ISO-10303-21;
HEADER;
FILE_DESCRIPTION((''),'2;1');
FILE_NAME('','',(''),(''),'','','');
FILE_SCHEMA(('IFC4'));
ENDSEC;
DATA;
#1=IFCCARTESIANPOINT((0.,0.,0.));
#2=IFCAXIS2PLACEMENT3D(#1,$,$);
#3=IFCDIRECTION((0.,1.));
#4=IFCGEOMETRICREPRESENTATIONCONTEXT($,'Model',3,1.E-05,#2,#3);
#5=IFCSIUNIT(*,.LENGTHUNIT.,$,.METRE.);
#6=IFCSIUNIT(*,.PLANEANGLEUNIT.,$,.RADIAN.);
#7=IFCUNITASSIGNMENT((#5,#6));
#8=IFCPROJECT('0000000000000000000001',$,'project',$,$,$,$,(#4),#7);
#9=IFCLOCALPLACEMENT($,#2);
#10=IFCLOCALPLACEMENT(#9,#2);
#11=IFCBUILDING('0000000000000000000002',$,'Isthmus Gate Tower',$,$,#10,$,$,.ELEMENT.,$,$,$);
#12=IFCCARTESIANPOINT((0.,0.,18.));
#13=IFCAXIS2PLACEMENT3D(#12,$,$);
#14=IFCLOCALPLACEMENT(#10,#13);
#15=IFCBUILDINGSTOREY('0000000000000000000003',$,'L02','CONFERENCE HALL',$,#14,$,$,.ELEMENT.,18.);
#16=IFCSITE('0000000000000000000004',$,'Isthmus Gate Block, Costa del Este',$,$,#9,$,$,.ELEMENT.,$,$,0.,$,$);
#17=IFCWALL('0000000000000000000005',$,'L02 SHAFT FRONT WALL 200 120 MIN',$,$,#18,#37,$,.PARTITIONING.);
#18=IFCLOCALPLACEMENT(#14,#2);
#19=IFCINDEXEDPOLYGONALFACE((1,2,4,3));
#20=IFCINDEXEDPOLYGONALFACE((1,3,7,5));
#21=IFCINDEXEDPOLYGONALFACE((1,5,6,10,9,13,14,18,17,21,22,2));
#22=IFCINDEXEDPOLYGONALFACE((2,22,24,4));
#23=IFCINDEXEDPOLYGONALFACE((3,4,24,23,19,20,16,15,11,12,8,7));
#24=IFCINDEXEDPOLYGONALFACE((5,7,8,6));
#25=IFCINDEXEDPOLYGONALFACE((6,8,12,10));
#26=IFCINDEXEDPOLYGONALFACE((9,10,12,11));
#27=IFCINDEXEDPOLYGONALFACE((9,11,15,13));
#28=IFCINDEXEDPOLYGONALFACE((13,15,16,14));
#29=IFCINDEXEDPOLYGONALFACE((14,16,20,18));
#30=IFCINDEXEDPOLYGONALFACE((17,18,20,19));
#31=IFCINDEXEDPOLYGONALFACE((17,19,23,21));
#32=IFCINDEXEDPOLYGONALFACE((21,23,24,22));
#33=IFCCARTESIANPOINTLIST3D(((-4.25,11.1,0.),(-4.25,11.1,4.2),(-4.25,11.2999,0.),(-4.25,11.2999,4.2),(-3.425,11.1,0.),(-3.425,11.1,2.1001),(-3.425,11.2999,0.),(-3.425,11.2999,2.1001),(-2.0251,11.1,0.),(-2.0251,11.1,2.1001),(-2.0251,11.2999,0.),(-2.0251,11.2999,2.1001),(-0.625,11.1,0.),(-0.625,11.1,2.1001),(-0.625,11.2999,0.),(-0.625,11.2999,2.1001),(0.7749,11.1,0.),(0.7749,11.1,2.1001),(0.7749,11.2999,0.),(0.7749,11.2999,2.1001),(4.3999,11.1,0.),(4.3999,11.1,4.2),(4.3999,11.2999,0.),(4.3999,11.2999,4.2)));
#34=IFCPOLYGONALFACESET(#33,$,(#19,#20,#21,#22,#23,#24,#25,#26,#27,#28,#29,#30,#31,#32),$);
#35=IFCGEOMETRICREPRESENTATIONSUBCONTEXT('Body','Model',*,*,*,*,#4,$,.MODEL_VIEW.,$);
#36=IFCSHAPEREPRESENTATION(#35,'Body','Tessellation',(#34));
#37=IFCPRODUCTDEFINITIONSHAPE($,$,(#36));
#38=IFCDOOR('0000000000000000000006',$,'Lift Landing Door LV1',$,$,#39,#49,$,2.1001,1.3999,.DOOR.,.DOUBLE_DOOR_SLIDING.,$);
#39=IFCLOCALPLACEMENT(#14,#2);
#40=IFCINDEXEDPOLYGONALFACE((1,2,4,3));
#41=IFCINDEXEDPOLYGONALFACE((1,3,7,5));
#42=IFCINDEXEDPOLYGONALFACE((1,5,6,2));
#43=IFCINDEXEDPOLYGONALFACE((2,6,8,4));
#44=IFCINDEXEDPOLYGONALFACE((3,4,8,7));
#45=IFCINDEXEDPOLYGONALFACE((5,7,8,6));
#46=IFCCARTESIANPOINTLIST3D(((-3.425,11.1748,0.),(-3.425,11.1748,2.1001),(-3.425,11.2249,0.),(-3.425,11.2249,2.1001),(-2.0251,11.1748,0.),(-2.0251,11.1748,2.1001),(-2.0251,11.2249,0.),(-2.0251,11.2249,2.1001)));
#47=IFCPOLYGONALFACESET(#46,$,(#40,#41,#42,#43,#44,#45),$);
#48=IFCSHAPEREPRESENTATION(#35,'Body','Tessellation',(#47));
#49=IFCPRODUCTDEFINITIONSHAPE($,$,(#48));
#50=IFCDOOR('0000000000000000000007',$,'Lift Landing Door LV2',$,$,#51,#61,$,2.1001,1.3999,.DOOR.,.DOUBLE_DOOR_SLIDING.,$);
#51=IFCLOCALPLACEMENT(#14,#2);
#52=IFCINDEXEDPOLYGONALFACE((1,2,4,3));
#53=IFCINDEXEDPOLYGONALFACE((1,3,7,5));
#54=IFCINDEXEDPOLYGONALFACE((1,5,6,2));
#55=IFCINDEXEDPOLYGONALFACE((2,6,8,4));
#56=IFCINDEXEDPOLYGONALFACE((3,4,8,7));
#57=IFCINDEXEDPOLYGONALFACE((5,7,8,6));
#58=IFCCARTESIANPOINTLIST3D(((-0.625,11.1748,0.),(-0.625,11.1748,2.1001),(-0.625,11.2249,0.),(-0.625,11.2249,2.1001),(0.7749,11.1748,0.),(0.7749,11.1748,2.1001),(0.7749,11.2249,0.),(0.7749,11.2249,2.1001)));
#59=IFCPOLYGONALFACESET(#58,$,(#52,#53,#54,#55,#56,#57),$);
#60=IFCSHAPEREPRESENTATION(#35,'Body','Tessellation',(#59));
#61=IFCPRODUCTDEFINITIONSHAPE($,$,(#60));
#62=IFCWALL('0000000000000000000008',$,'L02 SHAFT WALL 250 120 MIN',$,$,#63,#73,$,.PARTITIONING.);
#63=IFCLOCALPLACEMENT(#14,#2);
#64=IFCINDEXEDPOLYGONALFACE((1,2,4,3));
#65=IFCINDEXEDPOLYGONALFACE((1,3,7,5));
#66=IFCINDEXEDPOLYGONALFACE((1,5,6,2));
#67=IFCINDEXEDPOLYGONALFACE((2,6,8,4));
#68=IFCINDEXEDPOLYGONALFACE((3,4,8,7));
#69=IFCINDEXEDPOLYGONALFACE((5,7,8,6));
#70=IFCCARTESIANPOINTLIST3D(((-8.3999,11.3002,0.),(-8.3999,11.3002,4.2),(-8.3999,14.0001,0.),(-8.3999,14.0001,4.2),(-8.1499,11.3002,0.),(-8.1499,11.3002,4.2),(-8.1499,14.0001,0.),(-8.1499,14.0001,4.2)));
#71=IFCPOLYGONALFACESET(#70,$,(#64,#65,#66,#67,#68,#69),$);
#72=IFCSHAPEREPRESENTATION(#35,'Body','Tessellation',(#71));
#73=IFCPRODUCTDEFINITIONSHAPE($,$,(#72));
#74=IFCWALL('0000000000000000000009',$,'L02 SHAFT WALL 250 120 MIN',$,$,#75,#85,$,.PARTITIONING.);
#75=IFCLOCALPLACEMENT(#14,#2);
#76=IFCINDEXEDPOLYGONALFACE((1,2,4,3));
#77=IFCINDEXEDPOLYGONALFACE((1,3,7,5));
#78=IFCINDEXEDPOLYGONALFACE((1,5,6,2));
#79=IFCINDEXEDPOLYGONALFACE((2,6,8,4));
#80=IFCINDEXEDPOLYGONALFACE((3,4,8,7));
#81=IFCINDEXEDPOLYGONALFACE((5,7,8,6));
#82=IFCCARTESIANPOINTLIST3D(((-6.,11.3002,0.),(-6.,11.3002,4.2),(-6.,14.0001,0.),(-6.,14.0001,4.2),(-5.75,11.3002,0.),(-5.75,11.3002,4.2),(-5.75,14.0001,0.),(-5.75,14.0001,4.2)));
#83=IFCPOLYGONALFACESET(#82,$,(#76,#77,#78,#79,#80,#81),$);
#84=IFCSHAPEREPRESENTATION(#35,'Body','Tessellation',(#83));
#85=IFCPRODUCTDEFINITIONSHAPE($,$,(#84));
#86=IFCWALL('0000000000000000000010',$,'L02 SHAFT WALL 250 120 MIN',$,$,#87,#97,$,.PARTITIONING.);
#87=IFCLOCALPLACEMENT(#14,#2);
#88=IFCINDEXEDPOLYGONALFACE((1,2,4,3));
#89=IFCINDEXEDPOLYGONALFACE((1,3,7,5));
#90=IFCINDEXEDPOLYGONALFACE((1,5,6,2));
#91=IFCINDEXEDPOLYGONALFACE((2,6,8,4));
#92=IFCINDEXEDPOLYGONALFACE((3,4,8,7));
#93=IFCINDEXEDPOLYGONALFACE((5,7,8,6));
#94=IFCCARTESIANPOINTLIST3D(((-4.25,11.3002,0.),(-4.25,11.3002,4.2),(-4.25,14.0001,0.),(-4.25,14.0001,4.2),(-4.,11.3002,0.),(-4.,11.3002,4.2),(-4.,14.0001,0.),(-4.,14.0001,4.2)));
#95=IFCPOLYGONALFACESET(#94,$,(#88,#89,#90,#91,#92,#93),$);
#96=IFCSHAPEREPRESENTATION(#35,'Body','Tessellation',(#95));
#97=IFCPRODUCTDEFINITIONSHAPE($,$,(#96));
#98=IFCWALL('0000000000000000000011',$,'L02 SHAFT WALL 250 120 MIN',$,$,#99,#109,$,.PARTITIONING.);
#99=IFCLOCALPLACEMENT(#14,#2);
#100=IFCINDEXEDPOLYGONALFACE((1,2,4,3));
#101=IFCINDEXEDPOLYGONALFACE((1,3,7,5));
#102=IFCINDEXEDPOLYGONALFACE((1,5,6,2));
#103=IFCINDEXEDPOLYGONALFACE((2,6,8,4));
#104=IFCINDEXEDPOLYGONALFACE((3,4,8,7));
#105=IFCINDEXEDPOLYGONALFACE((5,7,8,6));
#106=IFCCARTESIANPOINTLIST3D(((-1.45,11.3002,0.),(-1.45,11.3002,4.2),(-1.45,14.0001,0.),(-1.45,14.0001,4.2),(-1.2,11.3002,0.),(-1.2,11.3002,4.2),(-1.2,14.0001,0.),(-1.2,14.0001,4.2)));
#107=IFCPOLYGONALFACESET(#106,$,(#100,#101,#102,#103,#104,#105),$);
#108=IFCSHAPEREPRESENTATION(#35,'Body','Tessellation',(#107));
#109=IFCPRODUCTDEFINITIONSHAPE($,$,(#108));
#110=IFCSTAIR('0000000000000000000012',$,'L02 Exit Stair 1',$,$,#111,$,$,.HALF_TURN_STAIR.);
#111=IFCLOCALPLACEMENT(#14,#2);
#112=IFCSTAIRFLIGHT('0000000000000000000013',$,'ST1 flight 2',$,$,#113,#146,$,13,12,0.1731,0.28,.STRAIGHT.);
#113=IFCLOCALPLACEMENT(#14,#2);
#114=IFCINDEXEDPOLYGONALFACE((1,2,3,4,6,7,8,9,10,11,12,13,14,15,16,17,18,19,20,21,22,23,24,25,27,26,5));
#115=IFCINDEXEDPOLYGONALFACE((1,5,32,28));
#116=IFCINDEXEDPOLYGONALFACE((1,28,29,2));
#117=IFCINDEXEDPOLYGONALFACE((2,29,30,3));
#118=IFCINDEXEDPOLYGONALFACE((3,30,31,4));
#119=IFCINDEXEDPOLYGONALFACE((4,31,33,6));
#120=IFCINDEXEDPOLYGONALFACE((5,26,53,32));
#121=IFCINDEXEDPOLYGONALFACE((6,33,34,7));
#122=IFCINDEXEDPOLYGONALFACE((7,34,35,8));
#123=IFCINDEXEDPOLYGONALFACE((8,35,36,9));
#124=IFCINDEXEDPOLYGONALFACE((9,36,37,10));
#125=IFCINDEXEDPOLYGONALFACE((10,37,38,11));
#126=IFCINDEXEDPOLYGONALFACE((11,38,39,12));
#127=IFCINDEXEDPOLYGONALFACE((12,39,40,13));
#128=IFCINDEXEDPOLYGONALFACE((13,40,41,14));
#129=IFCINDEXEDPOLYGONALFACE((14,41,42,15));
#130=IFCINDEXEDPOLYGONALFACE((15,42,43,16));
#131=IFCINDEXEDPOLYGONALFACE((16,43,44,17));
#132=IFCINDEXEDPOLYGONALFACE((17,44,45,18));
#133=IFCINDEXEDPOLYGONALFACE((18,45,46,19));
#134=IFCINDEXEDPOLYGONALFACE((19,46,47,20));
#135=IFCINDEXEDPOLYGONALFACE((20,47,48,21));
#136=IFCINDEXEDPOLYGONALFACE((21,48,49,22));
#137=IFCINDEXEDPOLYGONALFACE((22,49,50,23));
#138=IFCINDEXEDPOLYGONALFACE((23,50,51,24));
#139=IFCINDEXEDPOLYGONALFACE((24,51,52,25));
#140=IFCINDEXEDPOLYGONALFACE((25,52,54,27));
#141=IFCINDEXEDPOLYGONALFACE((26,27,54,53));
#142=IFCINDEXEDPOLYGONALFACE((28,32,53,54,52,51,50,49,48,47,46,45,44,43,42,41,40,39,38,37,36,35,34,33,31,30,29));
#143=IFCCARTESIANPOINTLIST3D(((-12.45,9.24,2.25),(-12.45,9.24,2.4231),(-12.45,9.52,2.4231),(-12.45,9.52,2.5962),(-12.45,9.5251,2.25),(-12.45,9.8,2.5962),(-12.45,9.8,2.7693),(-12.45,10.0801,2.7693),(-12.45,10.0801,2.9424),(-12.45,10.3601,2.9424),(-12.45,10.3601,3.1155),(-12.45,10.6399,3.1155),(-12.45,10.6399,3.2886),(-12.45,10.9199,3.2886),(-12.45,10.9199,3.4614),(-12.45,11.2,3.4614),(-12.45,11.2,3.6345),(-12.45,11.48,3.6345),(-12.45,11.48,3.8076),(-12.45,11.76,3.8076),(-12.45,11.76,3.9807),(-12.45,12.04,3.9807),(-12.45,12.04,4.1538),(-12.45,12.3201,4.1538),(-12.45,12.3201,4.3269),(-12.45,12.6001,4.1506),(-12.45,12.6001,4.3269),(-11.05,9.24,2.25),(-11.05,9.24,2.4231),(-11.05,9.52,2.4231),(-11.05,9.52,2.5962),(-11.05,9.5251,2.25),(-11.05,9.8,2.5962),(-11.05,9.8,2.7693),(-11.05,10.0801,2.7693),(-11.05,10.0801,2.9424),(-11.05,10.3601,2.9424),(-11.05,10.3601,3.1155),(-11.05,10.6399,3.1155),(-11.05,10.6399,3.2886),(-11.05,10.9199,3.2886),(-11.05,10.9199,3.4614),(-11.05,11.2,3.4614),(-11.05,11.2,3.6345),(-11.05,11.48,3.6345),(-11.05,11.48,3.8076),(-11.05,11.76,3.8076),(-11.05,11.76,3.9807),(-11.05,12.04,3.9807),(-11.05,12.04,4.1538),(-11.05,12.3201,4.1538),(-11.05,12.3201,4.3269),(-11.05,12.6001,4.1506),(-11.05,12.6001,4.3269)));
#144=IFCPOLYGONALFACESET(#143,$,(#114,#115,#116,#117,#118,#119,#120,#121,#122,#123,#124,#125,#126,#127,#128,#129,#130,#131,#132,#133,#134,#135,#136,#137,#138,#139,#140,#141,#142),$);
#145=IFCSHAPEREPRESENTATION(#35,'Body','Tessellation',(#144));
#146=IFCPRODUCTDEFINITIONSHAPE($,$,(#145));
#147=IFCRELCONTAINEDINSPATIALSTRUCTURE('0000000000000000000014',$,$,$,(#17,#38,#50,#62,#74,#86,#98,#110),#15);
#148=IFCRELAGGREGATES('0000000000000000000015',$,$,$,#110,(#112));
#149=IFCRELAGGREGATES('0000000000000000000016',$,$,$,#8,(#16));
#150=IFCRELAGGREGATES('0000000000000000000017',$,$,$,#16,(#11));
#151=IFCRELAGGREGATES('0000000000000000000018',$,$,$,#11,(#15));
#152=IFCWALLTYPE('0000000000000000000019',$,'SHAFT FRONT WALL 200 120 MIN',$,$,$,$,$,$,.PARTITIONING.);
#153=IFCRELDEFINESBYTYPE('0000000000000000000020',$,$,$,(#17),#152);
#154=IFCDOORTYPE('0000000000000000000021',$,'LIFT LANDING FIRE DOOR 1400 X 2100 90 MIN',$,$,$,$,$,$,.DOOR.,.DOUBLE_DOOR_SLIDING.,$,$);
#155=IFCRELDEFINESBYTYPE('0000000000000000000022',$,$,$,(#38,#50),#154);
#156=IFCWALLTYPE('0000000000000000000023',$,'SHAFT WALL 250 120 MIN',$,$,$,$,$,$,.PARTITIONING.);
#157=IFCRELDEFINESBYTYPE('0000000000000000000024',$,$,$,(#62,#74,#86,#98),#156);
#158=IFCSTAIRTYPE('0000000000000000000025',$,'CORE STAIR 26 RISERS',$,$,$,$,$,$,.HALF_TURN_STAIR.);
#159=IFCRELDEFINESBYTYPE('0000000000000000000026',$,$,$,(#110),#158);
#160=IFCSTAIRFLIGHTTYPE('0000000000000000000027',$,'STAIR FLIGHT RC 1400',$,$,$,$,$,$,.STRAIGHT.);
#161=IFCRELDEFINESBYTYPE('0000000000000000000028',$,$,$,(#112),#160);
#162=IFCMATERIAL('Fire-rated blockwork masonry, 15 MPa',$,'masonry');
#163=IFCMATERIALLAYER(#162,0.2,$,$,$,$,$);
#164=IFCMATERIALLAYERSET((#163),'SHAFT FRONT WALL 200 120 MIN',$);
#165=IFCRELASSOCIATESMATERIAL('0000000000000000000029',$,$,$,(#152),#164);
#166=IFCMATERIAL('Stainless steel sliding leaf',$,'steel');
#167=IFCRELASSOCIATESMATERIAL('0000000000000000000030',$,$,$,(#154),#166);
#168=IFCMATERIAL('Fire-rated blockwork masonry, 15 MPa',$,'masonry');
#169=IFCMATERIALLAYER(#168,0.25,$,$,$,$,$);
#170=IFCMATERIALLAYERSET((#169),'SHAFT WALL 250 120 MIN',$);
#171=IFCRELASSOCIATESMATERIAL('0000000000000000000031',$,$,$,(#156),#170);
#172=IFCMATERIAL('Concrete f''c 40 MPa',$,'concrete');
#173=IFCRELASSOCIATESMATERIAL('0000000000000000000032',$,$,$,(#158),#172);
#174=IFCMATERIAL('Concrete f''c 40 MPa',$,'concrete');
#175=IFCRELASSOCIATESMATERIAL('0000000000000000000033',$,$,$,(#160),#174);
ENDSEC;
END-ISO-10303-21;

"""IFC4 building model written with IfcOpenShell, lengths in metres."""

from ifc_helpers import new_model, si_unit, direction, frame, frame_2d, origin, place, context, subcontext, project, spatial, polyline, rectangle, outline, extrude, material, layer, layer_set, type_object, element, fill, aggregate, save


model = new_model("IFC4")

# Units and contexts
model_context = context("Model", 3, precision=1e-05, world=origin(), true_north=direction((0.0, 1.0)))
body_context = subcontext(model_context, "Body", "Model", "MODEL_VIEW")
ifc_project = project(units=[si_unit("LENGTHUNIT", "METRE"), si_unit("PLANEANGLEUNIT", "RADIAN")], contexts=[model_context])

# Site, building, storey
site_placement = place(None, origin())
site = spatial("IfcSite", under=ifc_project, at=site_placement, Name="Isthmus Gate Block, Costa del Este", CompositionType="ELEMENT", RefElevation=0.0)
building_placement = place(site_placement, origin())
building = spatial("IfcBuilding", under=site, at=building_placement, Name="Isthmus Gate Tower", CompositionType="ELEMENT")
storey_placement = place(building_placement, frame((0.0, 0.0, 18.0)))
storey = spatial("IfcBuildingStorey", under=building, at=storey_placement, Name="L02", Description="CONFERENCE HALL", CompositionType="ELEMENT", Elevation=18.0)

# Wall, openings, doors
ifc_material_1 = material(Name="Fire-rated blockwork masonry, 15 MPa", Category="masonry")
ifc_layer_1 = layer(ifc_material_1, 0.2)
ifc_layer_set_1 = layer_set([ifc_layer_1], Name="SHAFT FRONT WALL 200 120 MIN")
wall_type_1 = type_object("IfcWallType", Name="SHAFT FRONT WALL 200 120 MIN", PredefinedType="PARTITIONING", material=ifc_layer_set_1)
wall_1_placement = place(storey_placement, frame((-4.25, 11.2, 0.0), z_axis=(0.0, 0.0, 1.0), x_axis=(1.0, 0.0, 0.0)))
wall_1 = element("IfcWall", 1, at=wall_1_placement, inside=storey, type_object=wall_type_1, Name="L02 SHAFT FRONT WALL 200 120 MIN", PredefinedType="PARTITIONING", context=body_context, shape_type="SweptSolid", body=[
    extrude(rectangle(XDim=8.6499, YDim=0.2, at=frame_2d((4.325, 0.0))), origin(), (0.0, 0.0, 1.0), 4.2),
])
opening_1_placement = place(wall_1_placement, frame((0.825, 0.0, 0.0)))
opening_1 = element("IfcOpeningElement", 2, at=opening_1_placement, cuts=wall_1, PredefinedType="OPENING", context=body_context, shape_type="SweptSolid", body=[
    extrude(rectangle(XDim=1.3999, YDim=2.1001, at=frame_2d((0.7, 1.05))), frame((0.0, 0.1099, 0.0), z_axis=(0.0, -1.0, 0.0), x_axis=(1.0, 0.0, 0.0)), (0.0, 0.0, 1.0), 0.22),
])
opening_2_placement = place(wall_1_placement, frame((3.625, 0.0, 0.0)))
opening_2 = element("IfcOpeningElement", 3, at=opening_2_placement, cuts=wall_1, PredefinedType="OPENING", context=body_context, shape_type="SweptSolid", body=[
    extrude(rectangle(XDim=1.3999, YDim=2.1001, at=frame_2d((0.7, 1.05))), frame((0.0, 0.1099, 0.0), z_axis=(0.0, -1.0, 0.0), x_axis=(1.0, 0.0, 0.0)), (0.0, 0.0, 1.0), 0.22),
])
ifc_material_2 = material(Name="Stainless steel sliding leaf", Category="steel")
door_type_1 = type_object("IfcDoorType", Name="LIFT LANDING FIRE DOOR 1400 X 2100 90 MIN", OperationType="DOUBLE_DOOR_SLIDING", PredefinedType="DOOR", material=ifc_material_2)
door_1_placement = place(opening_1_placement, origin())
door_1 = element("IfcDoor", 4, at=door_1_placement, inside=storey, type_object=door_type_1, Name="Lift Landing Door LV1", OperationType="DOUBLE_DOOR_SLIDING", OverallHeight=2.1001, OverallWidth=1.3999, PredefinedType="DOOR", context=body_context, shape_type="SweptSolid", body=[
    extrude(rectangle(XDim=1.3999, YDim=2.1001, at=frame_2d((0.7, 1.05))), frame((0.0, 0.0249, 0.0), z_axis=(0.0, -1.0, 0.0), x_axis=(1.0, 0.0, 0.0)), (0.0, 0.0, 1.0), 0.05),
])
fill(opening_1, door_1)
door_2_placement = place(opening_2_placement, origin())
door_2 = element("IfcDoor", 5, at=door_2_placement, inside=storey, type_object=door_type_1, Name="Lift Landing Door LV2", OperationType="DOUBLE_DOOR_SLIDING", OverallHeight=2.1001, OverallWidth=1.3999, PredefinedType="DOOR", context=body_context, shape_type="SweptSolid", body=[
    extrude(rectangle(XDim=1.3999, YDim=2.1001, at=frame_2d((0.7, 1.05))), frame((0.0, 0.0249, 0.0), z_axis=(0.0, -1.0, 0.0), x_axis=(1.0, 0.0, 0.0)), (0.0, 0.0, 1.0), 0.05),
])
fill(opening_2, door_2)

# Walls
ifc_material_3 = material(Name="Fire-rated blockwork masonry, 15 MPa", Category="masonry")
ifc_layer_2 = layer(ifc_material_3, 0.25)
ifc_layer_set_2 = layer_set([ifc_layer_2], Name="SHAFT WALL 250 120 MIN")
wall_type_2 = type_object("IfcWallType", Name="SHAFT WALL 250 120 MIN", PredefinedType="PARTITIONING", material=ifc_layer_set_2)
for number, where, z_axis, x_axis, name in (
    (6, (-8.2749, 11.3, 0.0), (0.0, 0.0, 1.0), (0.0, 1.0, 0.0), "L02 SHAFT WALL 250 120 MIN"),
    (7, (-5.875, 11.3, 0.0), (0.0, 0.0, 1.0), (0.0, 1.0, 0.0), "L02 SHAFT WALL 250 120 MIN"),
    (8, (-4.125, 11.3, 0.0), (0.0, 0.0, 1.0), (0.0, 1.0, 0.0), "L02 SHAFT WALL 250 120 MIN"),
    (9, (-1.325, 11.3, 0.0), (0.0, 0.0, 1.0), (0.0, 1.0, 0.0), "L02 SHAFT WALL 250 120 MIN"),
):
    element("IfcWall", number, at=place(storey_placement, frame(where, z_axis=z_axis, x_axis=x_axis)), inside=storey, type_object=wall_type_2, Name=name, PredefinedType="PARTITIONING", context=body_context, shape_type="SweptSolid", body=[
        extrude(rectangle(XDim=2.7, YDim=0.25, at=frame_2d((1.3501, 0.0))), origin(), (0.0, 0.0, 1.0), 4.2),
    ])

# Stair, stair flight
ifc_material_4 = material(Name="Concrete f'c 40 MPa", Category="concrete")
stair_type = type_object("IfcStairType", Name="CORE STAIR 26 RISERS", PredefinedType="HALF_TURN_STAIR", material=ifc_material_4)
stair_placement = place(storey_placement, origin())
stair = element("IfcStair", 10, at=stair_placement, inside=storey, type_object=stair_type, Name="L02 Exit Stair 1", PredefinedType="HALF_TURN_STAIR")
ifc_material_5 = material(Name="Concrete f'c 40 MPa", Category="concrete")
stair_flight_type = type_object("IfcStairFlightType", Name="STAIR FLIGHT RC 1400", PredefinedType="STRAIGHT", material=ifc_material_5)
stair_flight_placement = place(storey_placement, frame((-11.75, 9.24, 2.25), z_axis=(0.0, 0.0, 1.0), x_axis=(0.0, 1.0, 0.0)))
stair_flight = element("IfcStairFlight", 11, at=stair_flight_placement, type_object=stair_flight_type, Name="ST1 flight 2", NumberOfRisers=13, NumberOfTreads=12, PredefinedType="STRAIGHT", RiserHeight=0.1731, TreadLength=0.28, context=body_context, shape_type="SweptSolid", body=[
    extrude(outline(polyline([(0.0, 0.0), (0.0, 0.1731), (0.28, 0.1731), (0.28, 0.3462), (0.5601, 0.3462), (0.5601, 0.5193), (0.8401, 0.5193), (0.8401, 0.6924), (1.1201, 0.6924), (1.1201, 0.8655), (1.3999, 0.8655), (1.3999, 1.0386), (1.6799, 1.0386), (1.6799, 1.2114), (1.96, 1.2114), (1.96, 1.3845), (2.24, 1.3845), (2.24, 1.5576), (2.52, 1.5576), (2.52, 1.7307), (2.8, 1.7307), (2.8, 1.9038), (3.0801, 1.9038), (3.0801, 2.0769), (3.3601, 2.0769), (3.3601, 2.25), (3.3601, 1.9006), (0.2852, 0.0), (0.0, 0.0)])), frame((0.0, 0.7, 0.0), z_axis=(0.0, -1.0, 0.0), x_axis=(1.0, 0.0, 0.0)), (0.0, 0.0, 1.0), 1.3999),
])
aggregate(stair, [stair_flight])

save(model, "model.ifc")
